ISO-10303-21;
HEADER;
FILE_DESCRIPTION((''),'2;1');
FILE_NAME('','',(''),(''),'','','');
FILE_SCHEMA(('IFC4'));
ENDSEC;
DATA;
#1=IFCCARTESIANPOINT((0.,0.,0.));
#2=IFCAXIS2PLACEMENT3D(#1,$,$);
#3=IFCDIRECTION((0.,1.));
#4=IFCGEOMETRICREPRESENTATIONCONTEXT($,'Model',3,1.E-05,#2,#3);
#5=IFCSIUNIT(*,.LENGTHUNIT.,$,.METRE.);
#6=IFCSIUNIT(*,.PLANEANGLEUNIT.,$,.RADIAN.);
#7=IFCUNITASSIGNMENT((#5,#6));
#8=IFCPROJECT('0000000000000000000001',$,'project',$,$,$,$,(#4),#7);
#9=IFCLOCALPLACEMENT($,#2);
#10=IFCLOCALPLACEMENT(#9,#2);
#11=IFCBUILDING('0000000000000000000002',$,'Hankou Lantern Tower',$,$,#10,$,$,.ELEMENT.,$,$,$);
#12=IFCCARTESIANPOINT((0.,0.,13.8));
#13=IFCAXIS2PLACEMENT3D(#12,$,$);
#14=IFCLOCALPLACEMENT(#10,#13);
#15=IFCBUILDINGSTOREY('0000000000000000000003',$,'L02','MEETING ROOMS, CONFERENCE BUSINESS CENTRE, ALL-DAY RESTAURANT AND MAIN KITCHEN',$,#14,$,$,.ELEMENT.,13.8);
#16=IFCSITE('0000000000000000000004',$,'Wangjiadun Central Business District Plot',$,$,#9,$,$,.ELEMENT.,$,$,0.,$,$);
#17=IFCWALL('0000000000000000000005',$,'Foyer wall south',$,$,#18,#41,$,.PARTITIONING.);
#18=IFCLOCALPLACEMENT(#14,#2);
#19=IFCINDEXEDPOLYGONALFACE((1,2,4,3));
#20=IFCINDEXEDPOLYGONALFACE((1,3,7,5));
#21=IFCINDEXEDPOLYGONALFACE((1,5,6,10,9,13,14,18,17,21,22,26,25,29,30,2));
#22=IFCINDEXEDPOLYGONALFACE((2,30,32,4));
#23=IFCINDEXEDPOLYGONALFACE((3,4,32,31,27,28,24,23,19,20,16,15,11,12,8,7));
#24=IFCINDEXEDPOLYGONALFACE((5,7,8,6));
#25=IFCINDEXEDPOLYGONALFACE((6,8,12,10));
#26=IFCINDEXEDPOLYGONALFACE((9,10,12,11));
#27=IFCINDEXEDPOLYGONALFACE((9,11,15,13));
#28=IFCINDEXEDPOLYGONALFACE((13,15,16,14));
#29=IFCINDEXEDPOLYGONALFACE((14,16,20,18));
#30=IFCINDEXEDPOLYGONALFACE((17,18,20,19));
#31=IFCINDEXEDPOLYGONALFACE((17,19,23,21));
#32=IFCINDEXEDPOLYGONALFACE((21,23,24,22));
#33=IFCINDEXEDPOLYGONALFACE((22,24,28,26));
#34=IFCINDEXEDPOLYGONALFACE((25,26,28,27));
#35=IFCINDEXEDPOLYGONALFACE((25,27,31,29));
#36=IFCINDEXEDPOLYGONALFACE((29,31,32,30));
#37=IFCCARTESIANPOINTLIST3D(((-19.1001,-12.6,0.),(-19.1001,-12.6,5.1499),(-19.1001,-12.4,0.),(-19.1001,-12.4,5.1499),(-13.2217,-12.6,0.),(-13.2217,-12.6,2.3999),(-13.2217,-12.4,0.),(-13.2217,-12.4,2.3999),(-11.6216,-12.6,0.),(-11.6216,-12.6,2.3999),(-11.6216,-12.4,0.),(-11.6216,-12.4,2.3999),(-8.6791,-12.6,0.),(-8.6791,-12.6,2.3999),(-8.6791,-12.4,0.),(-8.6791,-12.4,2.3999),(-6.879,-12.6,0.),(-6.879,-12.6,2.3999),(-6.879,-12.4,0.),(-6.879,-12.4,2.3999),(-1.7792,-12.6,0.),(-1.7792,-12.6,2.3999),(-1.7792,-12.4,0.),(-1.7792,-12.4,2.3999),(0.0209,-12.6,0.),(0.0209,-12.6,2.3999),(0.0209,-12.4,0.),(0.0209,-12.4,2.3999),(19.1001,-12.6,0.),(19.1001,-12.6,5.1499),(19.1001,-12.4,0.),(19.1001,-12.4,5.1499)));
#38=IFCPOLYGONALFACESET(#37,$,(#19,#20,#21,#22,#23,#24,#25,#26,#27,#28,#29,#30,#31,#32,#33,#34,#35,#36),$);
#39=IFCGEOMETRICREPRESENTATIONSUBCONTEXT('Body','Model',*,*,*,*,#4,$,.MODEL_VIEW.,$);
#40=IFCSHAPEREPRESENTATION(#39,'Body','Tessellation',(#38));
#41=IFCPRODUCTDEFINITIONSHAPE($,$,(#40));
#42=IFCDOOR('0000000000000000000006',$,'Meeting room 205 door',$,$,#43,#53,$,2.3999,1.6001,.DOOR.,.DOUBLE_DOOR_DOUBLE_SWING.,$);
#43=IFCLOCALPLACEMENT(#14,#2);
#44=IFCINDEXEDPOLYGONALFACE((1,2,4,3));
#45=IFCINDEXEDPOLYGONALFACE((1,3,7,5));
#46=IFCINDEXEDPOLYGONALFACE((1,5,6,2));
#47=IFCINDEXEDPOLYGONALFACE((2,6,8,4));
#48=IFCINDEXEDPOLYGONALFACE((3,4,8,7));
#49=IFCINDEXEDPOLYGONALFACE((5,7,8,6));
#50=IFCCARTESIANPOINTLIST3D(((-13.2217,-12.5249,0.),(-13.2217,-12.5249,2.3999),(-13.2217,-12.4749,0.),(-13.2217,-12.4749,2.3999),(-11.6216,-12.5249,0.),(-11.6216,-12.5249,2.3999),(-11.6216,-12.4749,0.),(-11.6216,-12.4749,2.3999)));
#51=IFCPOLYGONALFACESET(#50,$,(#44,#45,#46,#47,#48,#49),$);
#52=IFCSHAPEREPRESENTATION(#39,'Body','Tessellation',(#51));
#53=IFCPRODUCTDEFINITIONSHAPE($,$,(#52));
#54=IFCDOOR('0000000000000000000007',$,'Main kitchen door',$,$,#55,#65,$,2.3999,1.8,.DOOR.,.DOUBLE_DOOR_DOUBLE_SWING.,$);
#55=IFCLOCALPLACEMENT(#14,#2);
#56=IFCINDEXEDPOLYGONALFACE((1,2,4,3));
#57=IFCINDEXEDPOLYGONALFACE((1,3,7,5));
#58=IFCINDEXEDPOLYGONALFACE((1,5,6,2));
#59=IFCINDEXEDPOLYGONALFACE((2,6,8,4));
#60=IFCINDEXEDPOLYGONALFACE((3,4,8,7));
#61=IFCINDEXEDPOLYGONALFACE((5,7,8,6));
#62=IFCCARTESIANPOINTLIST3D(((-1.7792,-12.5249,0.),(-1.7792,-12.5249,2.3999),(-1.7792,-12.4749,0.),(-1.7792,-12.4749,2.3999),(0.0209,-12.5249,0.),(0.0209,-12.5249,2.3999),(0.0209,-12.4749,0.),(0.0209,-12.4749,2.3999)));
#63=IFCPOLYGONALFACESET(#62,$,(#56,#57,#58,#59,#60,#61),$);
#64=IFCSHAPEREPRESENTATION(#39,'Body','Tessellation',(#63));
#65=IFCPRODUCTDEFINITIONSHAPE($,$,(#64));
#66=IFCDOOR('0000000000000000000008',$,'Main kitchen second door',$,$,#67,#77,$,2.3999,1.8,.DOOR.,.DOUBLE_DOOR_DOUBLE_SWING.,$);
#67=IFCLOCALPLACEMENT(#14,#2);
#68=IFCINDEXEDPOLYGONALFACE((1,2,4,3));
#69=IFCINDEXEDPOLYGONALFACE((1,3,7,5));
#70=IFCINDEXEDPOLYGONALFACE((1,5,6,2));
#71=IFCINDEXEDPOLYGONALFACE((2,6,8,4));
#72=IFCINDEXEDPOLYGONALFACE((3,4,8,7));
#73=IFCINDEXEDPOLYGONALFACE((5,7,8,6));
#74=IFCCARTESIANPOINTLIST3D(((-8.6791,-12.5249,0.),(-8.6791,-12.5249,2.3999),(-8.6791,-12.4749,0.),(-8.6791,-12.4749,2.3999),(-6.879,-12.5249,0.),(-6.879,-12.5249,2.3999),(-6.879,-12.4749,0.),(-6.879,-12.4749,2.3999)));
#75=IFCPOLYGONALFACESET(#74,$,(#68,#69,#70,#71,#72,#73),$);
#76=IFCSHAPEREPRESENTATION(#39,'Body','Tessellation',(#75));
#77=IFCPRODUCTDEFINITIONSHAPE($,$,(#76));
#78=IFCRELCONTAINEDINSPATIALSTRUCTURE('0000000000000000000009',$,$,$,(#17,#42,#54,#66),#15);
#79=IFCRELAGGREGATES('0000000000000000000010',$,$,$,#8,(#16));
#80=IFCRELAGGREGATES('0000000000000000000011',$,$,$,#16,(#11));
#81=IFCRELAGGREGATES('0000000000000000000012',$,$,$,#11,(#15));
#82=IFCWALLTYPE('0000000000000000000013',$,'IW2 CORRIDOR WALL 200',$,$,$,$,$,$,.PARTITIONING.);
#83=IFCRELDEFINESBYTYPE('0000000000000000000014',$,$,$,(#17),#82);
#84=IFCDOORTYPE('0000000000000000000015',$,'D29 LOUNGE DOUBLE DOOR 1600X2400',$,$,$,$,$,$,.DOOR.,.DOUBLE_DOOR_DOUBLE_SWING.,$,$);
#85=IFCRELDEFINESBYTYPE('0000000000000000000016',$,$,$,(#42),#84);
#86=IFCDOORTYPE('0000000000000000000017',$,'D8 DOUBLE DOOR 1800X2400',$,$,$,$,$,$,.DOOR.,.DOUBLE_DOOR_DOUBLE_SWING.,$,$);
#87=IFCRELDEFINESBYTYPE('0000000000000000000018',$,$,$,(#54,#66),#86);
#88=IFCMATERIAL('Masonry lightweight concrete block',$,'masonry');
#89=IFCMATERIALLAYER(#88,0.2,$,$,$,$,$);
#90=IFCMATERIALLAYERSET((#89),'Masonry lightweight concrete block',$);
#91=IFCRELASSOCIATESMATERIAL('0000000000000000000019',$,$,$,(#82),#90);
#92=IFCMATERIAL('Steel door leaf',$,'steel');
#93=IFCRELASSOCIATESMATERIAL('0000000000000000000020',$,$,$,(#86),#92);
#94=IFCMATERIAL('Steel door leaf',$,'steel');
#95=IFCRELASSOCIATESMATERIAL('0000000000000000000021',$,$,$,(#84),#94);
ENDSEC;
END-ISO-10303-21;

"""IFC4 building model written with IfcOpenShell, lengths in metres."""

from ifc_helpers import new_model, si_unit, direction, frame, frame_2d, origin, place, context, subcontext, project, spatial, rectangle, extrude, material, layer, layer_set, type_object, element, fill, save


model = new_model("IFC4")

# Units and contexts
model_context = context("Model", 3, precision=1e-05, world=origin(), true_north=direction((0.0, 1.0)))
body_context = subcontext(model_context, "Body", "Model", "MODEL_VIEW")
ifc_project = project(units=[si_unit("LENGTHUNIT", "METRE"), si_unit("PLANEANGLEUNIT", "RADIAN")], contexts=[model_context])

# Site, building, storey
site_placement = place(None, origin())
site = spatial("IfcSite", under=ifc_project, at=site_placement, Name="Wangjiadun Central Business District Plot", CompositionType="ELEMENT", RefElevation=0.0)
building_placement = place(site_placement, origin())
building = spatial("IfcBuilding", under=site, at=building_placement, Name="Hankou Lantern Tower", CompositionType="ELEMENT")
storey_placement = place(building_placement, frame((0.0, 0.0, 13.8)))
storey = spatial("IfcBuildingStorey", under=building, at=storey_placement, Name="L02", Description="MEETING ROOMS, CONFERENCE BUSINESS CENTRE, ALL-DAY RESTAURANT AND MAIN KITCHEN", CompositionType="ELEMENT", Elevation=13.8)

# Shared definitions
ifc_material_1 = material(Name="Masonry lightweight concrete block", Category="masonry")
ifc_layer = layer(ifc_material_1, 0.2)
ifc_layer_set = layer_set([ifc_layer], Name="Masonry lightweight concrete block")
wall_type = type_object("IfcWallType", Name="IW2 CORRIDOR WALL 200", PredefinedType="PARTITIONING", material=ifc_layer_set)
ifc_material_2 = material(Name="Steel door leaf", Category="steel")
door_type_1 = type_object("IfcDoorType", Name="D8 DOUBLE DOOR 1800X2400", OperationType="DOUBLE_DOOR_DOUBLE_SWING", PredefinedType="DOOR", material=ifc_material_2)

# Wall, openings, doors
wall_1_placement = place(storey_placement, frame((19.1001, -12.5, 0.0), z_axis=(0.0, 0.0, 1.0), x_axis=(-1.0, 0.0, 0.0)))
wall_1 = element("IfcWall", 1, at=wall_1_placement, inside=storey, type_object=wall_type, Name="Foyer wall south", PredefinedType="PARTITIONING", context=body_context, shape_type="SweptSolid", body=[
    extrude(rectangle(XDim=38.2002, YDim=0.2, at=frame_2d((19.1001, 0.0))), origin(), (0.0, 0.0, 1.0), 5.1499),
])
opening_1_placement = place(wall_1_placement, frame((30.7217, 0.0, 0.0)))
opening_1 = element("IfcOpeningElement", 2, at=opening_1_placement, cuts=wall_1, PredefinedType="OPENING", context=body_context, shape_type="SweptSolid", body=[
    extrude(rectangle(XDim=1.6001, YDim=2.3999, at=frame_2d((0.8, 1.2))), frame((0.0, 0.1099, 0.0), z_axis=(0.0, -1.0, 0.0), x_axis=(1.0, 0.0, 0.0)), (0.0, 0.0, 1.0), 0.22),
])
opening_2_placement = place(wall_1_placement, frame((19.0793, 0.0, 0.0)))
opening_2 = element("IfcOpeningElement", 3, at=opening_2_placement, cuts=wall_1, PredefinedType="OPENING", context=body_context, shape_type="SweptSolid", body=[
    extrude(rectangle(XDim=1.8, YDim=2.3999, at=frame_2d((0.8999, 1.2))), frame((0.0, 0.1099, 0.0), z_axis=(0.0, -1.0, 0.0), x_axis=(1.0, 0.0, 0.0)), (0.0, 0.0, 1.0), 0.22),
])
opening_3_placement = place(wall_1_placement, frame((25.9792, 0.0, 0.0)))
opening_3 = element("IfcOpeningElement", 4, at=opening_3_placement, cuts=wall_1, PredefinedType="OPENING", context=body_context, shape_type="SweptSolid", body=[
    extrude(rectangle(XDim=1.8, YDim=2.3999, at=frame_2d((0.8999, 1.2))), frame((0.0, 0.1099, 0.0), z_axis=(0.0, -1.0, 0.0), x_axis=(1.0, 0.0, 0.0)), (0.0, 0.0, 1.0), 0.22),
])
ifc_material_3 = material(Name="Steel door leaf", Category="steel")
door_type_2 = type_object("IfcDoorType", Name="D29 LOUNGE DOUBLE DOOR 1600X2400", OperationType="DOUBLE_DOOR_DOUBLE_SWING", PredefinedType="DOOR", material=ifc_material_3)
door_1_placement = place(opening_1_placement, origin())
door_1 = element("IfcDoor", 5, at=door_1_placement, inside=storey, type_object=door_type_2, Name="Meeting room 205 door", OperationType="DOUBLE_DOOR_DOUBLE_SWING", OverallHeight=2.3999, OverallWidth=1.6001, PredefinedType="DOOR", context=body_context, shape_type="SweptSolid", body=[
    extrude(rectangle(XDim=1.6001, YDim=2.3999, at=frame_2d((0.8, 1.2))), frame((0.0, 0.0249, 0.0), z_axis=(0.0, -1.0, 0.0), x_axis=(1.0, 0.0, 0.0)), (0.0, 0.0, 1.0), 0.05),
])
fill(opening_1, door_1)
door_2_placement = place(opening_2_placement, origin())
door_2 = element("IfcDoor", 6, at=door_2_placement, inside=storey, type_object=door_type_1, Name="Main kitchen door", OperationType="DOUBLE_DOOR_DOUBLE_SWING", OverallHeight=2.3999, OverallWidth=1.8, PredefinedType="DOOR", context=body_context, shape_type="SweptSolid", body=[
    extrude(rectangle(XDim=1.8, YDim=2.3999, at=frame_2d((0.8999, 1.2))), frame((0.0, 0.0249, 0.0), z_axis=(0.0, -1.0, 0.0), x_axis=(1.0, 0.0, 0.0)), (0.0, 0.0, 1.0), 0.05),
])
fill(opening_2, door_2)
door_3_placement = place(opening_3_placement, origin())
door_3 = element("IfcDoor", 7, at=door_3_placement, inside=storey, type_object=door_type_1, Name="Main kitchen second door", OperationType="DOUBLE_DOOR_DOUBLE_SWING", OverallHeight=2.3999, OverallWidth=1.8, PredefinedType="DOOR", context=body_context, shape_type="SweptSolid", body=[
    extrude(rectangle(XDim=1.8, YDim=2.3999, at=frame_2d((0.8999, 1.2))), frame((0.0, 0.0249, 0.0), z_axis=(0.0, -1.0, 0.0), x_axis=(1.0, 0.0, 0.0)), (0.0, 0.0, 1.0), 0.05),
])
fill(opening_3, door_3)

save(model, "model.ifc")
